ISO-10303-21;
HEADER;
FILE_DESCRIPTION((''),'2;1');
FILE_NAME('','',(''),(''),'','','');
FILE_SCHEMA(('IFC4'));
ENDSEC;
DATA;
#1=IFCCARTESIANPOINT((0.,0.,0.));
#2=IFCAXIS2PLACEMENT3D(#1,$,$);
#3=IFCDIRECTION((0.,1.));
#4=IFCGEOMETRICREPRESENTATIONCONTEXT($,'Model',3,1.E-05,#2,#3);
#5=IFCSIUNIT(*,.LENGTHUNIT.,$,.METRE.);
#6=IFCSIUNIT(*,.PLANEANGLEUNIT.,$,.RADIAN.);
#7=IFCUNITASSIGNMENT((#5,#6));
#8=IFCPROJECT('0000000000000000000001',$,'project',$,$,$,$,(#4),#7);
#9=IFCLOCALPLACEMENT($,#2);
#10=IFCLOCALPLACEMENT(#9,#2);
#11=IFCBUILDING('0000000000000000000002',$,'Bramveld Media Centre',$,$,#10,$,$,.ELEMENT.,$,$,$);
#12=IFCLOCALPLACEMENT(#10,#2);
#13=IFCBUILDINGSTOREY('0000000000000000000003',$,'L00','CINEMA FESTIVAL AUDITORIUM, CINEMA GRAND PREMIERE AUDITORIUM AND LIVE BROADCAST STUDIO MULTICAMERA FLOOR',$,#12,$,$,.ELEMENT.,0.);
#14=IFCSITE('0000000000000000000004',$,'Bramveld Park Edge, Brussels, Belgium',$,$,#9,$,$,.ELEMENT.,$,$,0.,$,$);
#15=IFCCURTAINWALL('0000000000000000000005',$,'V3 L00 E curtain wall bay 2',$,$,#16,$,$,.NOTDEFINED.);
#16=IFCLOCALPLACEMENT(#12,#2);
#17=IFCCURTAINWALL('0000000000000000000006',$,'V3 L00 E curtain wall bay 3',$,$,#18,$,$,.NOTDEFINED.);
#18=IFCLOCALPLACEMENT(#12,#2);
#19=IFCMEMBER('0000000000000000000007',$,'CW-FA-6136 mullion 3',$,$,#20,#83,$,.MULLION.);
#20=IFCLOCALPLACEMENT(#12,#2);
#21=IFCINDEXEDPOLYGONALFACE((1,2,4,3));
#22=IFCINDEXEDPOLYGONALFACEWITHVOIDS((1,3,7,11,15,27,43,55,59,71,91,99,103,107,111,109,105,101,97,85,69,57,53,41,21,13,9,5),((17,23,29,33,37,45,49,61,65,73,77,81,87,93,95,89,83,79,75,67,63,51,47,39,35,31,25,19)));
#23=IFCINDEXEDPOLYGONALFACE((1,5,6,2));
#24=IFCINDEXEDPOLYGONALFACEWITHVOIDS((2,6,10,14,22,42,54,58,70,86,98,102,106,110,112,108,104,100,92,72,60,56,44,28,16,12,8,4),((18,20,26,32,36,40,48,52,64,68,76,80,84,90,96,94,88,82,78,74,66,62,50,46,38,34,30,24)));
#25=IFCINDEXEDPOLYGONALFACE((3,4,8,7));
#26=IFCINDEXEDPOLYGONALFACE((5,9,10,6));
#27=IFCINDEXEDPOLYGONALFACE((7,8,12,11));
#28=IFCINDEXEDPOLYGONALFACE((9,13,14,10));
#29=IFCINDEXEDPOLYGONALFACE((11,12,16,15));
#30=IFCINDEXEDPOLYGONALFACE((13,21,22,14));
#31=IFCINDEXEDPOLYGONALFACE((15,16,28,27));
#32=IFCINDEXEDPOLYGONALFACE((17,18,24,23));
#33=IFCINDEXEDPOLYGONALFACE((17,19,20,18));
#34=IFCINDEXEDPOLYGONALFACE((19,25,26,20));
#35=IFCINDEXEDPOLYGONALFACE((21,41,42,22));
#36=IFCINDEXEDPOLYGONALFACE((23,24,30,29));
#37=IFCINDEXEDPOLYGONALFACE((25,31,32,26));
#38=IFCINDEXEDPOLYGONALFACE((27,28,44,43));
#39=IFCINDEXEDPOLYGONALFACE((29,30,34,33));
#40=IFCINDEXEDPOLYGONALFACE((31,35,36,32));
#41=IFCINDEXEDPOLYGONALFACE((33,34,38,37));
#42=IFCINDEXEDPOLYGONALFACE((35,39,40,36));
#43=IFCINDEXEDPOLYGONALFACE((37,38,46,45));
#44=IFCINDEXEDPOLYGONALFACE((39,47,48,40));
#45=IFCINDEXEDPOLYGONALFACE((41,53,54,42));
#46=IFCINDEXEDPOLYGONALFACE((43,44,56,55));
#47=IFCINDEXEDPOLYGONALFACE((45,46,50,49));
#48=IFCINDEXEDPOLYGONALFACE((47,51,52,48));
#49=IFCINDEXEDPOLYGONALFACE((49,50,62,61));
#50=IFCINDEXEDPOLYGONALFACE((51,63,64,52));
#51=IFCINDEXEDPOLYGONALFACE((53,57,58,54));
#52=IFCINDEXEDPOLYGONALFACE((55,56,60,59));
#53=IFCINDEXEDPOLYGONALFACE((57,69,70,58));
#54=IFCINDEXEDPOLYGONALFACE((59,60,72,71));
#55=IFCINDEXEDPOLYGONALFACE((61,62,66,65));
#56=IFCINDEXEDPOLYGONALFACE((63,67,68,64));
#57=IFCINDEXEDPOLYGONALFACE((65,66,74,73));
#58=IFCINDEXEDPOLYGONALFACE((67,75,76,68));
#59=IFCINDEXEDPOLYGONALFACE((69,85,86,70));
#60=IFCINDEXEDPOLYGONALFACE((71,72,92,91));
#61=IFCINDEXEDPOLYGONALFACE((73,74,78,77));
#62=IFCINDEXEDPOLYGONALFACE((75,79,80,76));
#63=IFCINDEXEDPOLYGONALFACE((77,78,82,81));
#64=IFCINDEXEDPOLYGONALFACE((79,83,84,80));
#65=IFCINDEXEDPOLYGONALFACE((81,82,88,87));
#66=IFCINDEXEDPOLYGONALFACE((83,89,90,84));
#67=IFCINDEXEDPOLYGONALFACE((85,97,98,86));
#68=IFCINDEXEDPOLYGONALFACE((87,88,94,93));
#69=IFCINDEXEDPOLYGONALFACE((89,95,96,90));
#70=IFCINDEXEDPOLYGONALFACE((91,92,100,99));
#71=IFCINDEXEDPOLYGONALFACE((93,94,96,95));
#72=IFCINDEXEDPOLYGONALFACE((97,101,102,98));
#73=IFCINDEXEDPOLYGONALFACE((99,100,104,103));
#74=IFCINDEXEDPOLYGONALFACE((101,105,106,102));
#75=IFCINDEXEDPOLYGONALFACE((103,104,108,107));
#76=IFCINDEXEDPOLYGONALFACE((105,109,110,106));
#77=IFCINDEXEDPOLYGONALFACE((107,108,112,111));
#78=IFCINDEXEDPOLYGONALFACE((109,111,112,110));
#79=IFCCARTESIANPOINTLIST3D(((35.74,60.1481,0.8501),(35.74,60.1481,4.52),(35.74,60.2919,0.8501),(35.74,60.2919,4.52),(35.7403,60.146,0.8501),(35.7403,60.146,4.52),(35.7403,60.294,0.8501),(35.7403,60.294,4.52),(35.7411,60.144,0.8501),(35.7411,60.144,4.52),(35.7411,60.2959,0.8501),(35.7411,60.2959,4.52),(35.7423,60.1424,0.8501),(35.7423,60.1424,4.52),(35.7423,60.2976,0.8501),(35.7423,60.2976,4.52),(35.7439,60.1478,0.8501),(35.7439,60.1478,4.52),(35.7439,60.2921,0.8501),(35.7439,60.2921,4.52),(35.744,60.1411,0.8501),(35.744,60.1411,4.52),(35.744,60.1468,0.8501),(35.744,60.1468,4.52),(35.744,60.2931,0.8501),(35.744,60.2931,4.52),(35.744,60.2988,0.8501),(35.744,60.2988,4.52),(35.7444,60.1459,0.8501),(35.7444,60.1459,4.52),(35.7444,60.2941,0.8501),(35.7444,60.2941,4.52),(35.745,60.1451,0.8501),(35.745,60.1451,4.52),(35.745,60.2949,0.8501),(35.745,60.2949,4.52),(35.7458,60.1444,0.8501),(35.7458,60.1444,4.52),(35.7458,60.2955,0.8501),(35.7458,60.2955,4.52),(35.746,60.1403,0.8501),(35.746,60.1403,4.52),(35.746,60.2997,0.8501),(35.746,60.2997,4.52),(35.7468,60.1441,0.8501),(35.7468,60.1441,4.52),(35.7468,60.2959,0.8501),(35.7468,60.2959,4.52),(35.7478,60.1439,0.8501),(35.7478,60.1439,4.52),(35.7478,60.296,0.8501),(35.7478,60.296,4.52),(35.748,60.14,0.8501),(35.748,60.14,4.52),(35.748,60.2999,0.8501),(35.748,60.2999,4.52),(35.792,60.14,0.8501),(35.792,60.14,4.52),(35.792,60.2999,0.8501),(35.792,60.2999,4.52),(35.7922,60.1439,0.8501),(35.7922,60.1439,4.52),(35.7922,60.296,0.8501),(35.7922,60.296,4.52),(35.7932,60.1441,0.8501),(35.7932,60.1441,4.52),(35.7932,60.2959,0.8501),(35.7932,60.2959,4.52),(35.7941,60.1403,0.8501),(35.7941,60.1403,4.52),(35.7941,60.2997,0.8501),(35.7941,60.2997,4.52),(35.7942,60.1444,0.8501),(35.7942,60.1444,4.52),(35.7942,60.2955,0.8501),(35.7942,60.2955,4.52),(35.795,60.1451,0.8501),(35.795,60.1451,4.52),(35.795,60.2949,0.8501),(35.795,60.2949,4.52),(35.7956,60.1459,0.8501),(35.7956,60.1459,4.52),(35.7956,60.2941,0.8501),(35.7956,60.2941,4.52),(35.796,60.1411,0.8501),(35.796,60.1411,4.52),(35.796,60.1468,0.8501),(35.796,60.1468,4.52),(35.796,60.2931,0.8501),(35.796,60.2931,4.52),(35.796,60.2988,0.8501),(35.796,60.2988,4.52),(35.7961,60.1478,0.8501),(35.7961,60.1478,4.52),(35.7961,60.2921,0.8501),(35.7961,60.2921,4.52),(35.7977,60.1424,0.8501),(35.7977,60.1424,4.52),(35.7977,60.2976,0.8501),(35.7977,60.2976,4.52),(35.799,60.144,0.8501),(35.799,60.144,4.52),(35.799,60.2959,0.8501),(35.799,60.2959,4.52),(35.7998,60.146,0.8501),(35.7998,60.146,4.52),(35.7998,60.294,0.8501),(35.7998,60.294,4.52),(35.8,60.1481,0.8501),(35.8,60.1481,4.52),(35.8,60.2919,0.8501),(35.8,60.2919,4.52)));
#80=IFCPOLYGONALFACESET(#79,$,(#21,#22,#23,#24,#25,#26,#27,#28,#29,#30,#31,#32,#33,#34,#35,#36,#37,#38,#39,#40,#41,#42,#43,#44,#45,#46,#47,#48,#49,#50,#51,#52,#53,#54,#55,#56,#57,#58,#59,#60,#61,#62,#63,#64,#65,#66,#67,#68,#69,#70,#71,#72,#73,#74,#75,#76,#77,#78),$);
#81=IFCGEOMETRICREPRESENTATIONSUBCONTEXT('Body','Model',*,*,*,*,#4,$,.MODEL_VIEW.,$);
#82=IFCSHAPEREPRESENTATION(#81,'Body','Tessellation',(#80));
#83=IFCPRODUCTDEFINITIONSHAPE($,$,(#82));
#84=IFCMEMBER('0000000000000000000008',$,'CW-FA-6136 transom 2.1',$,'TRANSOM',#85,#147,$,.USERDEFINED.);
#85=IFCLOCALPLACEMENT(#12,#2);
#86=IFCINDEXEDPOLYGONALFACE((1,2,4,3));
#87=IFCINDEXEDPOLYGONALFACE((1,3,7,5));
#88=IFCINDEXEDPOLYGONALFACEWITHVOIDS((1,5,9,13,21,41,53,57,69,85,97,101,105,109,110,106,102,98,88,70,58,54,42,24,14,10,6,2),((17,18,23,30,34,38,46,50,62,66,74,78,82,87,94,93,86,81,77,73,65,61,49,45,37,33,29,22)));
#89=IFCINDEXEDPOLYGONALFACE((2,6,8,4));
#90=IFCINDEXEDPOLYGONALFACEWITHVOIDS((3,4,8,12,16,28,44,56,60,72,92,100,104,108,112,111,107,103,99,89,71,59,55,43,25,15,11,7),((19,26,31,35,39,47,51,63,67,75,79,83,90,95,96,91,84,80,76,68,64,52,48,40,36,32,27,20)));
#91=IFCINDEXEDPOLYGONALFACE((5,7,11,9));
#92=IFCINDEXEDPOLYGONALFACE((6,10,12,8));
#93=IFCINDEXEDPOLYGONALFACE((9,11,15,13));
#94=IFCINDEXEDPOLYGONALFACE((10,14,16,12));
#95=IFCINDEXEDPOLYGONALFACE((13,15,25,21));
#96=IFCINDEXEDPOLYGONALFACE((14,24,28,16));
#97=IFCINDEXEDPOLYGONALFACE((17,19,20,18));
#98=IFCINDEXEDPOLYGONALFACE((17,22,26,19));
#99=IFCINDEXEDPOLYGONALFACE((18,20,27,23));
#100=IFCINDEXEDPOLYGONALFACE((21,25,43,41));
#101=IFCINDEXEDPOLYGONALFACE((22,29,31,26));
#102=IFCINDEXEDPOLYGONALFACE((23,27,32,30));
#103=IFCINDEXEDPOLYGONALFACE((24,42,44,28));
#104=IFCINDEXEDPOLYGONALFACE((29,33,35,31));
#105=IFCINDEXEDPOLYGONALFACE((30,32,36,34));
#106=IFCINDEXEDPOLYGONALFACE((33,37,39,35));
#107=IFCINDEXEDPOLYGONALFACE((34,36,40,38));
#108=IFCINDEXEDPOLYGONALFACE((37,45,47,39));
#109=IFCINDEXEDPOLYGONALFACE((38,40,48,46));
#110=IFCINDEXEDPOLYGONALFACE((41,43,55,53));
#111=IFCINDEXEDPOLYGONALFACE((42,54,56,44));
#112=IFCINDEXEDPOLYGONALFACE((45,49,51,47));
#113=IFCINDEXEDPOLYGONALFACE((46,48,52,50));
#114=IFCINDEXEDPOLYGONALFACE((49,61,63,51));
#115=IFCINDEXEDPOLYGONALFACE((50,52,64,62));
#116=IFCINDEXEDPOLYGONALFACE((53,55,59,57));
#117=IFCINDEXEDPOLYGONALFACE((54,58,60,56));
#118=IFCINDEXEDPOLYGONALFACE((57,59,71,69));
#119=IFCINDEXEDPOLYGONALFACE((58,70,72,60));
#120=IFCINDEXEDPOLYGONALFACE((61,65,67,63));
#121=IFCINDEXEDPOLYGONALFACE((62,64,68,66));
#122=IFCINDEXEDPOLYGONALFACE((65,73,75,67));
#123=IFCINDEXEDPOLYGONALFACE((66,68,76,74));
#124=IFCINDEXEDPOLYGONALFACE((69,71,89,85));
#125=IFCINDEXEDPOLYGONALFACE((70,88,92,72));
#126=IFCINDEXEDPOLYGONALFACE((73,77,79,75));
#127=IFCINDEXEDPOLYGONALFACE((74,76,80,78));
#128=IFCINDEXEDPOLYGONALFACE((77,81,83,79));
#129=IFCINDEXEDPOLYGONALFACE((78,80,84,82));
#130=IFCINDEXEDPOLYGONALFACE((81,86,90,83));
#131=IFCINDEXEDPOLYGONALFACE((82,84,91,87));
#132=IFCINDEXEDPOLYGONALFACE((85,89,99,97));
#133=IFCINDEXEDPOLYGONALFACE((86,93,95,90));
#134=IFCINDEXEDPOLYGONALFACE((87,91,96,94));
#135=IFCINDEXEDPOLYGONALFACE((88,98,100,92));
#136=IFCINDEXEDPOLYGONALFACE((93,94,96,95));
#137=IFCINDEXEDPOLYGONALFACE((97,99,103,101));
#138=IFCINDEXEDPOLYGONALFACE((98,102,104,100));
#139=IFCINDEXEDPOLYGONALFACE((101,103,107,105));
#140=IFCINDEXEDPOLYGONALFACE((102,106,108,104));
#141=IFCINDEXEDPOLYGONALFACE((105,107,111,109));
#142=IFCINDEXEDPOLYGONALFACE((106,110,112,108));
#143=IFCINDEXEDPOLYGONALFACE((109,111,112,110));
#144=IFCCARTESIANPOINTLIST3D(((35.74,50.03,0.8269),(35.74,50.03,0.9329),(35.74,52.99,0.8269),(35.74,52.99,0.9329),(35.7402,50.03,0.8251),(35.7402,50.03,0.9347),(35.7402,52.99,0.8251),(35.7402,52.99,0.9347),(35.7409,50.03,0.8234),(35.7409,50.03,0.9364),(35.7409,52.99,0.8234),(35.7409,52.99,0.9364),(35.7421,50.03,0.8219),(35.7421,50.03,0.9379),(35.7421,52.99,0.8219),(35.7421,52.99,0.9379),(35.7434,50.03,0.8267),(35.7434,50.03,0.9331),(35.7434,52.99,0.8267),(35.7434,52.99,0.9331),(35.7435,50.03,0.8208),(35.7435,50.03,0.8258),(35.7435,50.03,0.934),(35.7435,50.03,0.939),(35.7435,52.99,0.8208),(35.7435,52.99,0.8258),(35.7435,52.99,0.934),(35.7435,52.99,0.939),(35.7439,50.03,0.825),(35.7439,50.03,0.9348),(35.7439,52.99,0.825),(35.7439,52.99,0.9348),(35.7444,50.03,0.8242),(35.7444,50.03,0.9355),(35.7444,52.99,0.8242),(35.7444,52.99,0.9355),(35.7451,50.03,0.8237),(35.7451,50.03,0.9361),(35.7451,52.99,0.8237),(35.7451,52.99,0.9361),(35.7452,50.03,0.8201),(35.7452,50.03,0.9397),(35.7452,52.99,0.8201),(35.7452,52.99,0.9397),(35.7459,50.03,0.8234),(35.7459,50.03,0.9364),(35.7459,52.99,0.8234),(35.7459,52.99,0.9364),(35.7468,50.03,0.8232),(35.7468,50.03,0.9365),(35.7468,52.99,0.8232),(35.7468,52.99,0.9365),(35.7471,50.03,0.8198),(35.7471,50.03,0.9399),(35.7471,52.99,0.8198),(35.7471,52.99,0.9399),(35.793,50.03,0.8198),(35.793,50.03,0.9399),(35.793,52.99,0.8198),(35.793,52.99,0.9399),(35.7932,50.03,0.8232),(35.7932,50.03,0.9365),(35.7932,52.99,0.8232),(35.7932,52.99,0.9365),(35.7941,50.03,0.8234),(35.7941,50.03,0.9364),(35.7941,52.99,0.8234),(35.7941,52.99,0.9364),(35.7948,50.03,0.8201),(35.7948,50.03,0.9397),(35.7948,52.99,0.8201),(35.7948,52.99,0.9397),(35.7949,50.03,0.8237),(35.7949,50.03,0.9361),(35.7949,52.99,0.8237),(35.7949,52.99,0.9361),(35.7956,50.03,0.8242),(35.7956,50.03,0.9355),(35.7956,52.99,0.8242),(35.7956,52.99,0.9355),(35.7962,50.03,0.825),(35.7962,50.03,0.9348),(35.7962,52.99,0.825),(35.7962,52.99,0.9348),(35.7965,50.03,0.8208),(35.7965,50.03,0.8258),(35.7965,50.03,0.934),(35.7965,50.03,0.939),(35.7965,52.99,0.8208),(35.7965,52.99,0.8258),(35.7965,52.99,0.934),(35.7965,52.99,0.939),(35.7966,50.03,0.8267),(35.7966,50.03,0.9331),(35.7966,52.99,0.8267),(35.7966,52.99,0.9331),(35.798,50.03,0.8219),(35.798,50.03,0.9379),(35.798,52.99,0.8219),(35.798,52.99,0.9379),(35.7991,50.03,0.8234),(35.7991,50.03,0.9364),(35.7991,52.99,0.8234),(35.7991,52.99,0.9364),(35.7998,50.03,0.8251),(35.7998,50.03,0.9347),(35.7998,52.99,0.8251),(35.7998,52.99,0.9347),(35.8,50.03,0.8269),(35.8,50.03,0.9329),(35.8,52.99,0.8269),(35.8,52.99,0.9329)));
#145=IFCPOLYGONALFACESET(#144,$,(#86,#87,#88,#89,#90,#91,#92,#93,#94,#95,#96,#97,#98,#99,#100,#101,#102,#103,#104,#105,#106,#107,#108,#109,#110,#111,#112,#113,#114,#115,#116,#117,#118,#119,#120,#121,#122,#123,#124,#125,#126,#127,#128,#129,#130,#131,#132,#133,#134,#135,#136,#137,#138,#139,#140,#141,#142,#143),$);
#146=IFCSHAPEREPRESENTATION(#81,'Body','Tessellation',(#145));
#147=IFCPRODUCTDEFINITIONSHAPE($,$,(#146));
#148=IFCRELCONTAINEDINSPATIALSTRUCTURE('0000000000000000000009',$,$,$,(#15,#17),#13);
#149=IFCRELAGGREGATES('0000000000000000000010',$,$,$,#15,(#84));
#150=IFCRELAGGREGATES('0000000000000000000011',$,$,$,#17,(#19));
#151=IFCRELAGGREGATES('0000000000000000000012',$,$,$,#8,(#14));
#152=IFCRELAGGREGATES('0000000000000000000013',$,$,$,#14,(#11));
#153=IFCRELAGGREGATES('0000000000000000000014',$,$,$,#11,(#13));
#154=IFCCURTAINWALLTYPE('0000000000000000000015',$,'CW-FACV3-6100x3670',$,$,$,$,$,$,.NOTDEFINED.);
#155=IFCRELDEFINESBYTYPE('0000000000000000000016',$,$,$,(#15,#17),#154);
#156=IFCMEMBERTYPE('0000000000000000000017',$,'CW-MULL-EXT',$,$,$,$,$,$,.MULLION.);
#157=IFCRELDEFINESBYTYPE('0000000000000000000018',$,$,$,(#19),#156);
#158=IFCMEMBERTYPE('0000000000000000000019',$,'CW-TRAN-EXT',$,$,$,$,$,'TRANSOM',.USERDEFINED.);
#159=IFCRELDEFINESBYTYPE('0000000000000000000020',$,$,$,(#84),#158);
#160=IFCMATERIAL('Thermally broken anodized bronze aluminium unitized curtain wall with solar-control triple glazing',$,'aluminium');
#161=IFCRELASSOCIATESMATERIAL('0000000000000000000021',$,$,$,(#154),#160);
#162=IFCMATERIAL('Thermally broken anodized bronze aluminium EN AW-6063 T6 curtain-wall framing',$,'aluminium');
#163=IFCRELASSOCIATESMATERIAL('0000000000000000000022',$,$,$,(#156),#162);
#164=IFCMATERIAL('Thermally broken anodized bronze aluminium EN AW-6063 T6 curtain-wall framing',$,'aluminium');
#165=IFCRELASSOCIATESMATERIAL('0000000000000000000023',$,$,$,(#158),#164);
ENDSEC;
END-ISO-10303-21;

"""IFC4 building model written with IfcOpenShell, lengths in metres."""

from ifc_helpers import new_model, si_unit, direction, frame, origin, origin_2d, place, context, subcontext, project, spatial, hollow_rectangle, extrude, material, material_profile, profile_set, type_object, element, aggregate, save


model = new_model("IFC4")

# Units and contexts
model_context = context("Model", 3, precision=1e-05, world=origin(), true_north=direction((0.0, 1.0)))
body_context = subcontext(model_context, "Body", "Model", "MODEL_VIEW")
ifc_project = project(units=[si_unit("LENGTHUNIT", "METRE"), si_unit("PLANEANGLEUNIT", "RADIAN")], contexts=[model_context])

# Site, building, storey
site_placement = place(None, origin())
site = spatial("IfcSite", under=ifc_project, at=site_placement, Name="Bramveld Park Edge, Brussels, Belgium", CompositionType="ELEMENT", RefElevation=0.0)
building_placement = place(site_placement, origin())
building = spatial("IfcBuilding", under=site, at=building_placement, Name="Bramveld Media Centre", CompositionType="ELEMENT")
storey_placement = place(building_placement, origin())
storey = spatial("IfcBuildingStorey", under=building, at=storey_placement, Name="L00", Description="CINEMA FESTIVAL AUDITORIUM, CINEMA GRAND PREMIERE AUDITORIUM AND LIVE BROADCAST STUDIO MULTICAMERA FLOOR", CompositionType="ELEMENT", Elevation=0.0)

# Curtain walls, member
ifc_material_1 = material(Name="Thermally broken anodized bronze aluminium unitized curtain wall with solar-control triple glazing", Category="aluminium")
curtain_wall_type = type_object("IfcCurtainWallType", Name="CW-FACV3-6100x3670", PredefinedType="NOTDEFINED", material=ifc_material_1)
curtain_wall_1_placement = place(storey_placement, origin())
curtain_wall_1 = element("IfcCurtainWall", 1, at=curtain_wall_1_placement, inside=storey, type_object=curtain_wall_type, Name="V3 L00 E curtain wall bay 2", PredefinedType="NOTDEFINED")
ifc_material_2 = material(Name="Thermally broken anodized bronze aluminium EN AW-6063 T6 curtain-wall framing", Category="aluminium")
ifc_material_profile_1 = material_profile(ifc_material_2, hollow_rectangle(XDim=0.0601, YDim=0.1599, WallThickness=0.0039, InnerFilletRadius=0.0039, OuterFilletRadius=0.0081, at=origin_2d()), Name="AL-MULL 60x160")
ifc_profile_set_1 = profile_set([ifc_material_profile_1], Name="Thermally broken anodized bronze aluminium EN AW-6063 T6 curtain-wall framing")
member_type_1 = type_object("IfcMemberType", Name="CW-MULL-EXT", PredefinedType="MULLION", material=ifc_profile_set_1)
curtain_wall_2_placement = place(storey_placement, origin())
curtain_wall_2 = element("IfcCurtainWall", 2, at=curtain_wall_2_placement, inside=storey, type_object=curtain_wall_type, Name="V3 L00 E curtain wall bay 3", PredefinedType="NOTDEFINED")
member_1_placement = place(storey_placement, frame((35.77, 60.22, 0.8501), z_axis=(0.0, 0.0, 1.0), x_axis=(-1.0, 0.0, 0.0)))
member_1 = element("IfcMember", 3, at=member_1_placement, type_object=member_type_1, Name="CW-FA-6136 mullion 3", PredefinedType="MULLION", context=body_context, shape_type="SweptSolid", body=[
    extrude(hollow_rectangle(XDim=0.0601, YDim=0.1599, WallThickness=0.0039, InnerFilletRadius=0.0039, OuterFilletRadius=0.0081, at=origin_2d()), origin(), (0.0, 0.0, 1.0), 3.6699),
])

# Member
ifc_material_3 = material(Name="Thermally broken anodized bronze aluminium EN AW-6063 T6 curtain-wall framing", Category="aluminium")
ifc_material_profile_2 = material_profile(ifc_material_3, hollow_rectangle(XDim=0.0601, YDim=0.1201, WallThickness=0.0034, InnerFilletRadius=0.0034, OuterFilletRadius=0.0071, at=origin_2d()), Name="AL-TRAN 60x120")
ifc_profile_set_2 = profile_set([ifc_material_profile_2], Name="Thermally broken anodized bronze aluminium EN AW-6063 T6 curtain-wall framing")
member_type_2 = type_object("IfcMemberType", Name="CW-TRAN-EXT", ElementType="TRANSOM", PredefinedType="USERDEFINED", material=ifc_profile_set_2)
member_2_placement = place(storey_placement, frame((35.77, 50.03, 0.8799), z_axis=(0.0, 1.0, 0.0), x_axis=(-1.0, 0.0, 0.0)))
member_2 = element("IfcMember", 4, at=member_2_placement, type_object=member_type_2, Name="CW-FA-6136 transom 2.1", ObjectType="TRANSOM", PredefinedType="USERDEFINED", context=body_context, shape_type="SweptSolid", body=[
    extrude(hollow_rectangle(XDim=0.0601, YDim=0.1201, WallThickness=0.0034, InnerFilletRadius=0.0034, OuterFilletRadius=0.0071, at=origin_2d()), origin(), (0.0, 0.0, 1.0), 2.96),
])

aggregate(curtain_wall_1, [member_2])
aggregate(curtain_wall_2, [member_1])

save(model, "model.ifc")
